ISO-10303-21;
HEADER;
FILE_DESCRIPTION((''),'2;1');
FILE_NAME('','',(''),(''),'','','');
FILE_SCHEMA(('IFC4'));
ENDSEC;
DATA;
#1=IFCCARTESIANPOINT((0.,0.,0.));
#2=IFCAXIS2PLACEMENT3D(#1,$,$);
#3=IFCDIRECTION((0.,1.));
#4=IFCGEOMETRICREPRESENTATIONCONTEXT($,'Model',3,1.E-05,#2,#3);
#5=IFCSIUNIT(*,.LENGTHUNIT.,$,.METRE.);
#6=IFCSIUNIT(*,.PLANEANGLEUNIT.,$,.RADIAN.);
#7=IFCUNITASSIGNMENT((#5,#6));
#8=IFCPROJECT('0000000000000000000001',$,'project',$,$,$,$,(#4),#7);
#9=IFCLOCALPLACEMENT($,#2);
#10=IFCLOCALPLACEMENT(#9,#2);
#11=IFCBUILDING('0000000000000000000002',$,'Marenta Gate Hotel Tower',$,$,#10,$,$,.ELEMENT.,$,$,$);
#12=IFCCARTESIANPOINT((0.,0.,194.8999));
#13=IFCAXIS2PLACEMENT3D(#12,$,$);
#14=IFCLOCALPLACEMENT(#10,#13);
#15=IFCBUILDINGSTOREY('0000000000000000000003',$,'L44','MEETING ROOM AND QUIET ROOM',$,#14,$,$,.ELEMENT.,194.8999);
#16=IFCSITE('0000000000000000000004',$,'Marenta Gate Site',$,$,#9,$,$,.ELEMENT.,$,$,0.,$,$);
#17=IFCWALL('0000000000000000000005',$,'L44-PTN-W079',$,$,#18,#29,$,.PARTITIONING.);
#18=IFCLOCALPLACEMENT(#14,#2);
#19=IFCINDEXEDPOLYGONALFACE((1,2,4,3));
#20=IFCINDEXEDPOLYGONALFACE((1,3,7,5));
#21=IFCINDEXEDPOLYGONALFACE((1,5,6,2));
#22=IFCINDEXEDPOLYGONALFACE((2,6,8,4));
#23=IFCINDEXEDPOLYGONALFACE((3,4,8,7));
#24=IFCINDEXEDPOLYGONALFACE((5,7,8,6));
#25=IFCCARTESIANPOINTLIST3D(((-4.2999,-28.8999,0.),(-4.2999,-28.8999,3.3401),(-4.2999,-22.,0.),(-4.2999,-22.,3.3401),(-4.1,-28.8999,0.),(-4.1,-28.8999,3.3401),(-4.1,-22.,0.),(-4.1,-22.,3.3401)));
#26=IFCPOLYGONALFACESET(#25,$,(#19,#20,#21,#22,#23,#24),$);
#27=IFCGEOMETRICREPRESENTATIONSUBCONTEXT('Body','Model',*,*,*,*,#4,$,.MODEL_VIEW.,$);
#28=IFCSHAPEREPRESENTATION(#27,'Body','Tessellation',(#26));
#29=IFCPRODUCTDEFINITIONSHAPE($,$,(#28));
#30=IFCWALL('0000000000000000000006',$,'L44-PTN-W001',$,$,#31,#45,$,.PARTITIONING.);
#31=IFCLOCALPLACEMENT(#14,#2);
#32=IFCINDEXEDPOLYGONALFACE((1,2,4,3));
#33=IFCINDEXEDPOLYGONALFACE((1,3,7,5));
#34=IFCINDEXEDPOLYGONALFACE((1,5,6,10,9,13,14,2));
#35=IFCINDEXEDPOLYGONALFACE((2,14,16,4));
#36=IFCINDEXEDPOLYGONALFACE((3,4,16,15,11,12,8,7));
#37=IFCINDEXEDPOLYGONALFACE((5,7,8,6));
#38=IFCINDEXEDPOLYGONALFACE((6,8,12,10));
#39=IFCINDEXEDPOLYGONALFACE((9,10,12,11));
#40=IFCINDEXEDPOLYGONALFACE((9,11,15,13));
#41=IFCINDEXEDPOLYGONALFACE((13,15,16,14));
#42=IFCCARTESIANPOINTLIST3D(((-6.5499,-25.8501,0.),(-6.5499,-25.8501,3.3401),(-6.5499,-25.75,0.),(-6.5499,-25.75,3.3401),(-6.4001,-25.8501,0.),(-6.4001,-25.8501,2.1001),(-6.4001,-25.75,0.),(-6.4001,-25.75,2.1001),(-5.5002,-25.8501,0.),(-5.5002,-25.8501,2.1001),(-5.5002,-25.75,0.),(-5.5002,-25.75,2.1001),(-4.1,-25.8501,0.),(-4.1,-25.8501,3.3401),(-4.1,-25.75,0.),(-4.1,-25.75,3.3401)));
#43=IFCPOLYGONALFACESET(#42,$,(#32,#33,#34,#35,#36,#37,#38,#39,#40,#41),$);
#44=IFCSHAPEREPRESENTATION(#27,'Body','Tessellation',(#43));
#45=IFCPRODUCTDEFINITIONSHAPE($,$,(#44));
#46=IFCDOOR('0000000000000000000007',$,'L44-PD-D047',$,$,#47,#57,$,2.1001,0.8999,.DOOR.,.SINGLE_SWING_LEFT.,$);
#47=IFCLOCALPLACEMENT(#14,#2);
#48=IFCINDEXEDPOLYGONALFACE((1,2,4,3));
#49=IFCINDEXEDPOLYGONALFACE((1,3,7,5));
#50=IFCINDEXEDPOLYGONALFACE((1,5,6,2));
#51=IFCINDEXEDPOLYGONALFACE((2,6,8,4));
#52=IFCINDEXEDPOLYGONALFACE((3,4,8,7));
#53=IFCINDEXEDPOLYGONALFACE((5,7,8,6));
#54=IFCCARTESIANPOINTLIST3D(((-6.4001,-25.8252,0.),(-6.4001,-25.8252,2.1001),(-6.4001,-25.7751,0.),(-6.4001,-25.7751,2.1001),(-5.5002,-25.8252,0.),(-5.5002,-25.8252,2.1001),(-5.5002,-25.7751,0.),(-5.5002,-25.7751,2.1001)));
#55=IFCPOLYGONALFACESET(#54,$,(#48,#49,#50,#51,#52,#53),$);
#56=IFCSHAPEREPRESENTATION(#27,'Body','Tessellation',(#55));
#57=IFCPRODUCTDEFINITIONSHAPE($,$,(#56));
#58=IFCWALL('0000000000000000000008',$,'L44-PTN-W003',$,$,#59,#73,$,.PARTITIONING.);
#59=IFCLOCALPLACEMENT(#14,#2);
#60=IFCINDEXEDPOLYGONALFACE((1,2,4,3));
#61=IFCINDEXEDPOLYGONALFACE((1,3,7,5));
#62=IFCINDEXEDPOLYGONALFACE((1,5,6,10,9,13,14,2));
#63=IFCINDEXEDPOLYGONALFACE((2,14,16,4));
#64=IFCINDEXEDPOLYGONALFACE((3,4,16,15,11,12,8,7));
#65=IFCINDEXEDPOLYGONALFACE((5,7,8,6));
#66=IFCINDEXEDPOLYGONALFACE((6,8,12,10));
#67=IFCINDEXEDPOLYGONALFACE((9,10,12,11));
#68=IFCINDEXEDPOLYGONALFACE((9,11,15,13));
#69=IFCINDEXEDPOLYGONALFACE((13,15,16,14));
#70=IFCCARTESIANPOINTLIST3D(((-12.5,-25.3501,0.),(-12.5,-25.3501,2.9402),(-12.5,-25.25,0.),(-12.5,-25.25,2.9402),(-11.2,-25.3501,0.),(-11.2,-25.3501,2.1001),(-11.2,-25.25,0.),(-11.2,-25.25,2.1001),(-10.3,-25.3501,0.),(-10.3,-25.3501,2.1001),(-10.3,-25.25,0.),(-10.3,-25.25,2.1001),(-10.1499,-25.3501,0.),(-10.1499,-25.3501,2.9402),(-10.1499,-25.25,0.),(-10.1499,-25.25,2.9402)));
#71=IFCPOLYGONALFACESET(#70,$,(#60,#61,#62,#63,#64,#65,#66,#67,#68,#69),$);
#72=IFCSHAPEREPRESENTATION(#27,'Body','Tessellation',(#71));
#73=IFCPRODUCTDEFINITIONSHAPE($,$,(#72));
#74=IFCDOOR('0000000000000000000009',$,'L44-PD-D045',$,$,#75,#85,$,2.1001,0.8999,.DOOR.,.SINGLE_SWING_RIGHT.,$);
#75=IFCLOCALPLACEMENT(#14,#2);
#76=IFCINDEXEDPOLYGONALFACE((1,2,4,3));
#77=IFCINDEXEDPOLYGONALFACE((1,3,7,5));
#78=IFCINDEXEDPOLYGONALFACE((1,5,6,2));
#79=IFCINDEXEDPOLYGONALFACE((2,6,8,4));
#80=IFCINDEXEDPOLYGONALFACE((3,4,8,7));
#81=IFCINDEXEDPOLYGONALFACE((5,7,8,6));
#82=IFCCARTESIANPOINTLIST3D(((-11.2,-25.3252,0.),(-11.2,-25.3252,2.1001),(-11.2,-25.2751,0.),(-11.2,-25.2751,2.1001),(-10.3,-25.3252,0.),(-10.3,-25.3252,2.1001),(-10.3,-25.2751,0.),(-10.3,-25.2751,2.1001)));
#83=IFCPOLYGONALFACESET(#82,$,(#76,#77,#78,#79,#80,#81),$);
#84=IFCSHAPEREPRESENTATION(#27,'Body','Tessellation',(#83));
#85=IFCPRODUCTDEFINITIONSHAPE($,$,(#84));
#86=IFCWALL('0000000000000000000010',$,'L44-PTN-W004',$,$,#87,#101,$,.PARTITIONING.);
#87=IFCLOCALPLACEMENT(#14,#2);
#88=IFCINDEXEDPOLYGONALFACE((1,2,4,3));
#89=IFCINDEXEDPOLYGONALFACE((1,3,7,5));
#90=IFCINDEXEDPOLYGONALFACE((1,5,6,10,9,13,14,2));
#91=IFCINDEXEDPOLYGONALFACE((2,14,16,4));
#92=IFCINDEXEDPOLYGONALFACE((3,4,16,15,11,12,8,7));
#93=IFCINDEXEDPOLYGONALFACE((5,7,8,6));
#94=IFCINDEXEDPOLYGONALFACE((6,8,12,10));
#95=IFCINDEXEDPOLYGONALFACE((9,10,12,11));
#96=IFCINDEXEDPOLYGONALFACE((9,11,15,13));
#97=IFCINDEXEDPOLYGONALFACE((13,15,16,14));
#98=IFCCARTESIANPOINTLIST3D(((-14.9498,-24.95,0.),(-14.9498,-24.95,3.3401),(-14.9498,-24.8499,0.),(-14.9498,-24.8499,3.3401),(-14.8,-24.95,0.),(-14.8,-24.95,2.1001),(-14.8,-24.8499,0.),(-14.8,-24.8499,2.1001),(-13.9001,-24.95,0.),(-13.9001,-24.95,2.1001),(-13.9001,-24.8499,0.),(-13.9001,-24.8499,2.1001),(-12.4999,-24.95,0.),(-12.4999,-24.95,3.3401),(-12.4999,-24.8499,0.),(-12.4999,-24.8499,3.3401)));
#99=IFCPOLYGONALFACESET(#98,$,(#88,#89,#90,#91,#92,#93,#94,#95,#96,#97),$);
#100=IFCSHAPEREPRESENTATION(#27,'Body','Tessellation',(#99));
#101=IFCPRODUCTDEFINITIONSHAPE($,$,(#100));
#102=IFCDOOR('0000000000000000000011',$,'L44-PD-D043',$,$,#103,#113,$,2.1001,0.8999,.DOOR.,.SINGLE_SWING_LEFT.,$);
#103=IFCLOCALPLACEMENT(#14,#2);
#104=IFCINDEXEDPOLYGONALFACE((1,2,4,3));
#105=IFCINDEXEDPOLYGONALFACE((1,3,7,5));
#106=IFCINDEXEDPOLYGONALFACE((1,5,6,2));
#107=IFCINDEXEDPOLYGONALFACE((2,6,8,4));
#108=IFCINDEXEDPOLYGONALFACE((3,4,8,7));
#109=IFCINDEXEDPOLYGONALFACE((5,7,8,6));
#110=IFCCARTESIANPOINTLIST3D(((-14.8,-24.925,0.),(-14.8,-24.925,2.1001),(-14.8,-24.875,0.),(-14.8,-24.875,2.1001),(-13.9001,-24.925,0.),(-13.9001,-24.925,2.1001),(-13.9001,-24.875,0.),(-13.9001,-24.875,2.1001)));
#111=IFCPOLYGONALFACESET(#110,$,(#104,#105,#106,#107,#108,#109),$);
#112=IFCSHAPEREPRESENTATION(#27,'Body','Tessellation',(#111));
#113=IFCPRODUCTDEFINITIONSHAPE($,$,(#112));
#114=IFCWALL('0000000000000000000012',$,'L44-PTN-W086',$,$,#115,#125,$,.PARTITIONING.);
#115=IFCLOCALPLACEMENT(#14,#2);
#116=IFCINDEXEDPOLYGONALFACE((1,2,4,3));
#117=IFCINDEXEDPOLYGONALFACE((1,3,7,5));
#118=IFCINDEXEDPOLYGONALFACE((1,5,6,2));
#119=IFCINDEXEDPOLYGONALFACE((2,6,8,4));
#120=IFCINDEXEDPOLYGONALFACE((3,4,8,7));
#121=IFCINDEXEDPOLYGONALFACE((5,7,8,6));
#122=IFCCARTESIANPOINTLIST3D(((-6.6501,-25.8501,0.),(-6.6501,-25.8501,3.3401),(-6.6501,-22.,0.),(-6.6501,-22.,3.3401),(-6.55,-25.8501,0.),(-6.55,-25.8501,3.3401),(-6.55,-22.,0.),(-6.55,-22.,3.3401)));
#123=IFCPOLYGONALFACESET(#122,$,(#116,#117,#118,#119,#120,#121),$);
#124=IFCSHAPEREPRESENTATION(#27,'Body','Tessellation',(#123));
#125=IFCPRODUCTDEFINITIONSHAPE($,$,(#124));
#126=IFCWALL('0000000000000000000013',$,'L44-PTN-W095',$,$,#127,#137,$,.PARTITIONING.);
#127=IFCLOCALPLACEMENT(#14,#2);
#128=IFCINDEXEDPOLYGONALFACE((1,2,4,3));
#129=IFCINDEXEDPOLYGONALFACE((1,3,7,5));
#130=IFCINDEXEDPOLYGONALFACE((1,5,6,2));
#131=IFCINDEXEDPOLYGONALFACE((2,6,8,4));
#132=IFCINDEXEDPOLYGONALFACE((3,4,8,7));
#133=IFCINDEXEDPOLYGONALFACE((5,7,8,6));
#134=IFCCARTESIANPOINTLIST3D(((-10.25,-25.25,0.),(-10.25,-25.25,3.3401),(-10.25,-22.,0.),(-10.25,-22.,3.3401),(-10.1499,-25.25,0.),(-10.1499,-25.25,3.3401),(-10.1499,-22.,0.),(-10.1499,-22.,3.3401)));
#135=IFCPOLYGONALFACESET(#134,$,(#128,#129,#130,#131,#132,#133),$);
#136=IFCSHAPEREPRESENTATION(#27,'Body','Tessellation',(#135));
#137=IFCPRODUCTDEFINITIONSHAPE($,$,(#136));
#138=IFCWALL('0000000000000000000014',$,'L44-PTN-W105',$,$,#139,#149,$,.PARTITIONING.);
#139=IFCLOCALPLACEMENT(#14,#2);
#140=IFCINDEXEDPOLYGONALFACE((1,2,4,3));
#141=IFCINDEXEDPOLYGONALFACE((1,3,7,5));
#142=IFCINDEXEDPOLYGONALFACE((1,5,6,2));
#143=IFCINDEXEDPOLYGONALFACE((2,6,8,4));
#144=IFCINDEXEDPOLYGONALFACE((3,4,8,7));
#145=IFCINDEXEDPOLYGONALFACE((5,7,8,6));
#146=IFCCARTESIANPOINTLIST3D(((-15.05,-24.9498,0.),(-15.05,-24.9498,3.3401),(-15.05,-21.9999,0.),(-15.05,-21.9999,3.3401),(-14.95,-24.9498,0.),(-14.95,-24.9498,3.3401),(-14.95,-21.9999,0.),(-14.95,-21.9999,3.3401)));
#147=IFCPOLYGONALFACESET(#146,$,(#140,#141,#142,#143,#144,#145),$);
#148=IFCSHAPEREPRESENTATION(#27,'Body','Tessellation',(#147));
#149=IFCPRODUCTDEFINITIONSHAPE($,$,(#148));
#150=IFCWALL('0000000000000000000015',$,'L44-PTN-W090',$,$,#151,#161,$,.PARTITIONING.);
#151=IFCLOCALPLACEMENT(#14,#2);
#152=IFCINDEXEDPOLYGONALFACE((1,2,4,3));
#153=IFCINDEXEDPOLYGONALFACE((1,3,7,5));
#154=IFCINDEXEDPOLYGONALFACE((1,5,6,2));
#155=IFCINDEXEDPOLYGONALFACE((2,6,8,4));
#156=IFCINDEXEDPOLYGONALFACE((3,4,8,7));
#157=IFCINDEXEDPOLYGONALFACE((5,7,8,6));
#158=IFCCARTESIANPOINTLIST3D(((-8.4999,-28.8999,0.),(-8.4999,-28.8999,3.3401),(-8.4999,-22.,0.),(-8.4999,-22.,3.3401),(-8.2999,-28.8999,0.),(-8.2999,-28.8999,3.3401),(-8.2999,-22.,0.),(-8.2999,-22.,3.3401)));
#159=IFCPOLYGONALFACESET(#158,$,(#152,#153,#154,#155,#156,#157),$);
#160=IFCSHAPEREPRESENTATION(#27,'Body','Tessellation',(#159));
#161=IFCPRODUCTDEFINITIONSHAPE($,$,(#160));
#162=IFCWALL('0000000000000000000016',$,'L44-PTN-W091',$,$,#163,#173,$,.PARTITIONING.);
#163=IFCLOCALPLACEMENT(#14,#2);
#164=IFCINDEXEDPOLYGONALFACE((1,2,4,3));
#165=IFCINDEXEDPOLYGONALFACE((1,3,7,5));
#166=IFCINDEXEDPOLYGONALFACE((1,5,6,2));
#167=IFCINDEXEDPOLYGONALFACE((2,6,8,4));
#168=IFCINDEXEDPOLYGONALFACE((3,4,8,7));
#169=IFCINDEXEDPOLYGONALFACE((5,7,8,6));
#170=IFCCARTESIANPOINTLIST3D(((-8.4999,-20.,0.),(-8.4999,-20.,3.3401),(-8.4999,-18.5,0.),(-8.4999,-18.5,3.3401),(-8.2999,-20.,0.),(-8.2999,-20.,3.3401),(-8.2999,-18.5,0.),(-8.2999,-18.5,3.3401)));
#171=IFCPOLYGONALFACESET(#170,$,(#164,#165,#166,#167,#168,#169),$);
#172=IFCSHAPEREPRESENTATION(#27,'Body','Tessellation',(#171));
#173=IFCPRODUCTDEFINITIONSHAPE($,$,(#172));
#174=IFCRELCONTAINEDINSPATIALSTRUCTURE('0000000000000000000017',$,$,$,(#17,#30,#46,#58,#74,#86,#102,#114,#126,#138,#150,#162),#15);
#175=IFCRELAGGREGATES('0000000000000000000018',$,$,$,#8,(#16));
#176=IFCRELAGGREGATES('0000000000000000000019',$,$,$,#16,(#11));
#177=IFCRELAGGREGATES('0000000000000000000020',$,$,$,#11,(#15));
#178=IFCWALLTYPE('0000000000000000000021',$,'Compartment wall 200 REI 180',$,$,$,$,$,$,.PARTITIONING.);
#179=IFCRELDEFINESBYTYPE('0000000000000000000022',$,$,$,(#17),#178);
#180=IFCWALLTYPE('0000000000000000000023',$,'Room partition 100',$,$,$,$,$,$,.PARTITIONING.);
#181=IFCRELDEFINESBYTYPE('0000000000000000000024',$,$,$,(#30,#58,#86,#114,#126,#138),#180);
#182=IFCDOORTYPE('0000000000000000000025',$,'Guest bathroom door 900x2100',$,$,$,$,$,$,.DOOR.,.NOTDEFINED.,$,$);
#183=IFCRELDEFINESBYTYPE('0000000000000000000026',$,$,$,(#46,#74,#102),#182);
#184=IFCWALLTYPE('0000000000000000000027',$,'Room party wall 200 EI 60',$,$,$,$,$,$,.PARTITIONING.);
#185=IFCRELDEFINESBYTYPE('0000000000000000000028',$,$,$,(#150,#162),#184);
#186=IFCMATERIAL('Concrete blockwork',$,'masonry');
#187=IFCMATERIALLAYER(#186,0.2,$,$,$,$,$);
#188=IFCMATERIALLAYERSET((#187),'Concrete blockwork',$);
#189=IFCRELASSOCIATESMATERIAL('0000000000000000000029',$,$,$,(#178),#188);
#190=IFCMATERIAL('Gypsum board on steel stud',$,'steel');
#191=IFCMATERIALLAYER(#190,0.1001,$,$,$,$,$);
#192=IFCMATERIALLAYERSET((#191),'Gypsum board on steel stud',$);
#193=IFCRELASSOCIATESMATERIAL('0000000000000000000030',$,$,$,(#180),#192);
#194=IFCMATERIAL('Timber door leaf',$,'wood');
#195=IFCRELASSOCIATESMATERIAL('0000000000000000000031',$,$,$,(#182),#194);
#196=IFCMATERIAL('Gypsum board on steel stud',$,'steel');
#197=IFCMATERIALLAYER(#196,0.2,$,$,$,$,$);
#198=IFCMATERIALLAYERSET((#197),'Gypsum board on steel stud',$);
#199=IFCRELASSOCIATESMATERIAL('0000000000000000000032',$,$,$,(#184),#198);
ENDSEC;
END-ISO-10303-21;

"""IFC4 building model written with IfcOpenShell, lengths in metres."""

from ifc_helpers import new_model, si_unit, direction, frame, frame_2d, origin, place, context, subcontext, project, spatial, rectangle, extrude, material, layer, layer_set, type_object, element, fill, save


model = new_model("IFC4")

# Units and contexts
model_context = context("Model", 3, precision=1e-05, world=origin(), true_north=direction((0.0, 1.0)))
body_context = subcontext(model_context, "Body", "Model", "MODEL_VIEW")
ifc_project = project(units=[si_unit("LENGTHUNIT", "METRE"), si_unit("PLANEANGLEUNIT", "RADIAN")], contexts=[model_context])

# Site, building, storey
site_placement = place(None, origin())
site = spatial("IfcSite", under=ifc_project, at=site_placement, Name="Marenta Gate Site", CompositionType="ELEMENT", RefElevation=0.0)
building_placement = place(site_placement, origin())
building = spatial("IfcBuilding", under=site, at=building_placement, Name="Marenta Gate Hotel Tower", CompositionType="ELEMENT")
storey_placement = place(building_placement, frame((0.0, 0.0, 194.8999)))
storey = spatial("IfcBuildingStorey", under=building, at=storey_placement, Name="L44", Description="MEETING ROOM AND QUIET ROOM", CompositionType="ELEMENT", Elevation=194.8999)

# Wall
ifc_material_1 = material(Name="Concrete blockwork", Category="masonry")
ifc_layer_1 = layer(ifc_material_1, 0.2)
ifc_layer_set_1 = layer_set([ifc_layer_1], Name="Concrete blockwork")
wall_type_1 = type_object("IfcWallType", Name="Compartment wall 200 REI 180", PredefinedType="PARTITIONING", material=ifc_layer_set_1)
wall_1_placement = place(storey_placement, frame((-4.2, -28.8999, 0.0), z_axis=(0.0, 0.0, 1.0), x_axis=(0.0, 1.0, 0.0)))
element("IfcWall", 1, at=wall_1_placement, inside=storey, type_object=wall_type_1, Name="L44-PTN-W079", PredefinedType="PARTITIONING", context=body_context, shape_type="SweptSolid", body=[
    extrude(rectangle(XDim=6.8999, YDim=0.2, at=frame_2d((3.45, 0.0))), origin(), (0.0, 0.0, 1.0), 3.3401),
])

# Walls, openings, doors
ifc_material_2 = material(Name="Gypsum board on steel stud", Category="steel")
ifc_layer_2 = layer(ifc_material_2, 0.1001)
ifc_layer_set_2 = layer_set([ifc_layer_2], Name="Gypsum board on steel stud")
wall_type_2 = type_object("IfcWallType", Name="Room partition 100", PredefinedType="PARTITIONING", material=ifc_layer_set_2)
wall_2_placement = place(storey_placement, frame((-6.55, -25.8, 0.0), z_axis=(0.0, 0.0, 1.0), x_axis=(1.0, 0.0, 0.0)))
wall_2 = element("IfcWall", 2, at=wall_2_placement, inside=storey, type_object=wall_type_2, Name="L44-PTN-W001", PredefinedType="PARTITIONING", context=body_context, shape_type="SweptSolid", body=[
    extrude(rectangle(XDim=2.45, YDim=0.1001, at=frame_2d((1.2251, 0.0))), origin(), (0.0, 0.0, 1.0), 3.3401),
])
opening_1_placement = place(wall_2_placement, frame((0.1499, 0.0, 0.0)))
opening_1 = element("IfcOpeningElement", 3, at=opening_1_placement, cuts=wall_2, PredefinedType="OPENING", context=body_context, shape_type="SweptSolid", body=[
    extrude(rectangle(XDim=0.8999, YDim=2.1001, at=frame_2d((0.45, 1.05))), frame((0.0, 0.05, 0.0), z_axis=(0.0, -1.0, 0.0), x_axis=(1.0, 0.0, 0.0)), (0.0, 0.0, 1.0), 0.1001),
])
ifc_material_3 = material(Name="Timber door leaf", Category="wood")
door_type_1 = type_object("IfcDoorType", Name="Guest bathroom door 900x2100", OperationType="NOTDEFINED", PredefinedType="DOOR", material=ifc_material_3)
door_1_placement = place(opening_1_placement, origin())
door_1 = element("IfcDoor", 4, at=door_1_placement, inside=storey, type_object=door_type_1, Name="L44-PD-D047", OperationType="SINGLE_SWING_LEFT", OverallHeight=2.1001, OverallWidth=0.8999, PredefinedType="DOOR", context=body_context, shape_type="SweptSolid", body=[
    extrude(rectangle(XDim=0.8999, YDim=2.1001, at=frame_2d((0.45, 1.05))), frame((0.0, 0.0249, 0.0), z_axis=(0.0, -1.0, 0.0), x_axis=(1.0, 0.0, 0.0)), (0.0, 0.0, 1.0), 0.05),
])
fill(opening_1, door_1)
wall_3_placement = place(storey_placement, frame((-12.5, -25.3, 0.0), z_axis=(0.0, 0.0, 1.0), x_axis=(1.0, 0.0, 0.0)))
wall_3 = element("IfcWall", 5, at=wall_3_placement, inside=storey, type_object=wall_type_2, Name="L44-PTN-W003", PredefinedType="PARTITIONING", context=body_context, shape_type="SweptSolid", body=[
    extrude(rectangle(XDim=2.3501, YDim=0.1001, at=frame_2d((1.175, 0.0))), origin(), (0.0, 0.0, 1.0), 2.9402),
])
opening_2_placement = place(wall_3_placement, frame((1.3, 0.0, 0.0)))
opening_2 = element("IfcOpeningElement", 6, at=opening_2_placement, cuts=wall_3, PredefinedType="OPENING", context=body_context, shape_type="SweptSolid", body=[
    extrude(rectangle(XDim=0.8999, YDim=2.1001, at=frame_2d((0.45, 1.05))), frame((0.0, 0.05, 0.0), z_axis=(0.0, -1.0, 0.0), x_axis=(1.0, 0.0, 0.0)), (0.0, 0.0, 1.0), 0.1001),
])
door_2_placement = place(opening_2_placement, origin())
door_2 = element("IfcDoor", 7, at=door_2_placement, inside=storey, type_object=door_type_1, Name="L44-PD-D045", OperationType="SINGLE_SWING_RIGHT", OverallHeight=2.1001, OverallWidth=0.8999, PredefinedType="DOOR", context=body_context, shape_type="SweptSolid", body=[
    extrude(rectangle(XDim=0.8999, YDim=2.1001, at=frame_2d((0.45, 1.05))), frame((0.0, 0.0249, 0.0), z_axis=(0.0, -1.0, 0.0), x_axis=(1.0, 0.0, 0.0)), (0.0, 0.0, 1.0), 0.05),
])
fill(opening_2, door_2)
wall_4_placement = place(storey_placement, frame((-14.95, -24.8999, 0.0), z_axis=(0.0, 0.0, 1.0), x_axis=(1.0, 0.0, 0.0)))
wall_4 = element("IfcWall", 8, at=wall_4_placement, inside=storey, type_object=wall_type_2, Name="L44-PTN-W004", PredefinedType="PARTITIONING", context=body_context, shape_type="SweptSolid", body=[
    extrude(rectangle(XDim=2.45, YDim=0.1001, at=frame_2d((1.2251, 0.0))), origin(), (0.0, 0.0, 1.0), 3.3401),
])
opening_3_placement = place(wall_4_placement, frame((0.1499, 0.0, 0.0)))
opening_3 = element("IfcOpeningElement", 9, at=opening_3_placement, cuts=wall_4, PredefinedType="OPENING", context=body_context, shape_type="SweptSolid", body=[
    extrude(rectangle(XDim=0.8999, YDim=2.1001, at=frame_2d((0.45, 1.05))), frame((0.0, 0.05, 0.0), z_axis=(0.0, -1.0, 0.0), x_axis=(1.0, 0.0, 0.0)), (0.0, 0.0, 1.0), 0.1001),
])
door_3_placement = place(opening_3_placement, origin())
door_3 = element("IfcDoor", 10, at=door_3_placement, inside=storey, type_object=door_type_1, Name="L44-PD-D043", OperationType="SINGLE_SWING_LEFT", OverallHeight=2.1001, OverallWidth=0.8999, PredefinedType="DOOR", context=body_context, shape_type="SweptSolid", body=[
    extrude(rectangle(XDim=0.8999, YDim=2.1001, at=frame_2d((0.45, 1.05))), frame((0.0, 0.0249, 0.0), z_axis=(0.0, -1.0, 0.0), x_axis=(1.0, 0.0, 0.0)), (0.0, 0.0, 1.0), 0.05),
])
fill(opening_3, door_3)

# Walls
wall_5_placement = place(storey_placement, frame((-6.6001, -25.8501, 0.0), z_axis=(0.0, 0.0, 1.0), x_axis=(0.0, 1.0, 0.0)))
element("IfcWall", 11, at=wall_5_placement, inside=storey, type_object=wall_type_2, Name="L44-PTN-W086", PredefinedType="PARTITIONING", context=body_context, shape_type="SweptSolid", body=[
    extrude(rectangle(XDim=3.8501, YDim=0.1001, at=frame_2d((1.925, 0.0))), origin(), (0.0, 0.0, 1.0), 3.3401),
])
wall_6_placement = place(storey_placement, frame((-10.2, -25.25, 0.0), z_axis=(0.0, 0.0, 1.0), x_axis=(0.0, 1.0, 0.0)))
element("IfcWall", 12, at=wall_6_placement, inside=storey, type_object=wall_type_2, Name="L44-PTN-W095", PredefinedType="PARTITIONING", context=body_context, shape_type="SweptSolid", body=[
    extrude(rectangle(XDim=3.25, YDim=0.1001, at=frame_2d((1.625, 0.0))), origin(), (0.0, 0.0, 1.0), 3.3401),
])
wall_7_placement = place(storey_placement, frame((-15.0, -24.95, 0.0), z_axis=(0.0, 0.0, 1.0), x_axis=(0.0, 1.0, 0.0)))
element("IfcWall", 13, at=wall_7_placement, inside=storey, type_object=wall_type_2, Name="L44-PTN-W105", PredefinedType="PARTITIONING", context=body_context, shape_type="SweptSolid", body=[
    extrude(rectangle(XDim=2.95, YDim=0.1001, at=frame_2d((1.4751, 0.0))), origin(), (0.0, 0.0, 1.0), 3.3401),
])
ifc_material_4 = material(Name="Gypsum board on steel stud", Category="steel")
ifc_layer_3 = layer(ifc_material_4, 0.2)
ifc_layer_set_3 = layer_set([ifc_layer_3], Name="Gypsum board on steel stud")
wall_type_3 = type_object("IfcWallType", Name="Room party wall 200 EI 60", PredefinedType="PARTITIONING", material=ifc_layer_set_3)
wall_8_placement = place(storey_placement, frame((-8.3999, -28.8999, 0.0), z_axis=(0.0, 0.0, 1.0), x_axis=(0.0, 1.0, 0.0)))
element("IfcWall", 14, at=wall_8_placement, inside=storey, type_object=wall_type_3, Name="L44-PTN-W090", PredefinedType="PARTITIONING", context=body_context, shape_type="SweptSolid", body=[
    extrude(rectangle(XDim=6.8999, YDim=0.2, at=frame_2d((3.45, 0.0))), origin(), (0.0, 0.0, 1.0), 3.3401),
])
wall_9_placement = place(storey_placement, frame((-8.3999, -20.0, 0.0), z_axis=(0.0, 0.0, 1.0), x_axis=(0.0, 1.0, 0.0)))
element("IfcWall", 15, at=wall_9_placement, inside=storey, type_object=wall_type_3, Name="L44-PTN-W091", PredefinedType="PARTITIONING", context=body_context, shape_type="SweptSolid", body=[
    extrude(rectangle(XDim=1.5, YDim=0.2, at=frame_2d((0.75, 0.0))), origin(), (0.0, 0.0, 1.0), 3.3401),
])

save(model, "model.ifc")
